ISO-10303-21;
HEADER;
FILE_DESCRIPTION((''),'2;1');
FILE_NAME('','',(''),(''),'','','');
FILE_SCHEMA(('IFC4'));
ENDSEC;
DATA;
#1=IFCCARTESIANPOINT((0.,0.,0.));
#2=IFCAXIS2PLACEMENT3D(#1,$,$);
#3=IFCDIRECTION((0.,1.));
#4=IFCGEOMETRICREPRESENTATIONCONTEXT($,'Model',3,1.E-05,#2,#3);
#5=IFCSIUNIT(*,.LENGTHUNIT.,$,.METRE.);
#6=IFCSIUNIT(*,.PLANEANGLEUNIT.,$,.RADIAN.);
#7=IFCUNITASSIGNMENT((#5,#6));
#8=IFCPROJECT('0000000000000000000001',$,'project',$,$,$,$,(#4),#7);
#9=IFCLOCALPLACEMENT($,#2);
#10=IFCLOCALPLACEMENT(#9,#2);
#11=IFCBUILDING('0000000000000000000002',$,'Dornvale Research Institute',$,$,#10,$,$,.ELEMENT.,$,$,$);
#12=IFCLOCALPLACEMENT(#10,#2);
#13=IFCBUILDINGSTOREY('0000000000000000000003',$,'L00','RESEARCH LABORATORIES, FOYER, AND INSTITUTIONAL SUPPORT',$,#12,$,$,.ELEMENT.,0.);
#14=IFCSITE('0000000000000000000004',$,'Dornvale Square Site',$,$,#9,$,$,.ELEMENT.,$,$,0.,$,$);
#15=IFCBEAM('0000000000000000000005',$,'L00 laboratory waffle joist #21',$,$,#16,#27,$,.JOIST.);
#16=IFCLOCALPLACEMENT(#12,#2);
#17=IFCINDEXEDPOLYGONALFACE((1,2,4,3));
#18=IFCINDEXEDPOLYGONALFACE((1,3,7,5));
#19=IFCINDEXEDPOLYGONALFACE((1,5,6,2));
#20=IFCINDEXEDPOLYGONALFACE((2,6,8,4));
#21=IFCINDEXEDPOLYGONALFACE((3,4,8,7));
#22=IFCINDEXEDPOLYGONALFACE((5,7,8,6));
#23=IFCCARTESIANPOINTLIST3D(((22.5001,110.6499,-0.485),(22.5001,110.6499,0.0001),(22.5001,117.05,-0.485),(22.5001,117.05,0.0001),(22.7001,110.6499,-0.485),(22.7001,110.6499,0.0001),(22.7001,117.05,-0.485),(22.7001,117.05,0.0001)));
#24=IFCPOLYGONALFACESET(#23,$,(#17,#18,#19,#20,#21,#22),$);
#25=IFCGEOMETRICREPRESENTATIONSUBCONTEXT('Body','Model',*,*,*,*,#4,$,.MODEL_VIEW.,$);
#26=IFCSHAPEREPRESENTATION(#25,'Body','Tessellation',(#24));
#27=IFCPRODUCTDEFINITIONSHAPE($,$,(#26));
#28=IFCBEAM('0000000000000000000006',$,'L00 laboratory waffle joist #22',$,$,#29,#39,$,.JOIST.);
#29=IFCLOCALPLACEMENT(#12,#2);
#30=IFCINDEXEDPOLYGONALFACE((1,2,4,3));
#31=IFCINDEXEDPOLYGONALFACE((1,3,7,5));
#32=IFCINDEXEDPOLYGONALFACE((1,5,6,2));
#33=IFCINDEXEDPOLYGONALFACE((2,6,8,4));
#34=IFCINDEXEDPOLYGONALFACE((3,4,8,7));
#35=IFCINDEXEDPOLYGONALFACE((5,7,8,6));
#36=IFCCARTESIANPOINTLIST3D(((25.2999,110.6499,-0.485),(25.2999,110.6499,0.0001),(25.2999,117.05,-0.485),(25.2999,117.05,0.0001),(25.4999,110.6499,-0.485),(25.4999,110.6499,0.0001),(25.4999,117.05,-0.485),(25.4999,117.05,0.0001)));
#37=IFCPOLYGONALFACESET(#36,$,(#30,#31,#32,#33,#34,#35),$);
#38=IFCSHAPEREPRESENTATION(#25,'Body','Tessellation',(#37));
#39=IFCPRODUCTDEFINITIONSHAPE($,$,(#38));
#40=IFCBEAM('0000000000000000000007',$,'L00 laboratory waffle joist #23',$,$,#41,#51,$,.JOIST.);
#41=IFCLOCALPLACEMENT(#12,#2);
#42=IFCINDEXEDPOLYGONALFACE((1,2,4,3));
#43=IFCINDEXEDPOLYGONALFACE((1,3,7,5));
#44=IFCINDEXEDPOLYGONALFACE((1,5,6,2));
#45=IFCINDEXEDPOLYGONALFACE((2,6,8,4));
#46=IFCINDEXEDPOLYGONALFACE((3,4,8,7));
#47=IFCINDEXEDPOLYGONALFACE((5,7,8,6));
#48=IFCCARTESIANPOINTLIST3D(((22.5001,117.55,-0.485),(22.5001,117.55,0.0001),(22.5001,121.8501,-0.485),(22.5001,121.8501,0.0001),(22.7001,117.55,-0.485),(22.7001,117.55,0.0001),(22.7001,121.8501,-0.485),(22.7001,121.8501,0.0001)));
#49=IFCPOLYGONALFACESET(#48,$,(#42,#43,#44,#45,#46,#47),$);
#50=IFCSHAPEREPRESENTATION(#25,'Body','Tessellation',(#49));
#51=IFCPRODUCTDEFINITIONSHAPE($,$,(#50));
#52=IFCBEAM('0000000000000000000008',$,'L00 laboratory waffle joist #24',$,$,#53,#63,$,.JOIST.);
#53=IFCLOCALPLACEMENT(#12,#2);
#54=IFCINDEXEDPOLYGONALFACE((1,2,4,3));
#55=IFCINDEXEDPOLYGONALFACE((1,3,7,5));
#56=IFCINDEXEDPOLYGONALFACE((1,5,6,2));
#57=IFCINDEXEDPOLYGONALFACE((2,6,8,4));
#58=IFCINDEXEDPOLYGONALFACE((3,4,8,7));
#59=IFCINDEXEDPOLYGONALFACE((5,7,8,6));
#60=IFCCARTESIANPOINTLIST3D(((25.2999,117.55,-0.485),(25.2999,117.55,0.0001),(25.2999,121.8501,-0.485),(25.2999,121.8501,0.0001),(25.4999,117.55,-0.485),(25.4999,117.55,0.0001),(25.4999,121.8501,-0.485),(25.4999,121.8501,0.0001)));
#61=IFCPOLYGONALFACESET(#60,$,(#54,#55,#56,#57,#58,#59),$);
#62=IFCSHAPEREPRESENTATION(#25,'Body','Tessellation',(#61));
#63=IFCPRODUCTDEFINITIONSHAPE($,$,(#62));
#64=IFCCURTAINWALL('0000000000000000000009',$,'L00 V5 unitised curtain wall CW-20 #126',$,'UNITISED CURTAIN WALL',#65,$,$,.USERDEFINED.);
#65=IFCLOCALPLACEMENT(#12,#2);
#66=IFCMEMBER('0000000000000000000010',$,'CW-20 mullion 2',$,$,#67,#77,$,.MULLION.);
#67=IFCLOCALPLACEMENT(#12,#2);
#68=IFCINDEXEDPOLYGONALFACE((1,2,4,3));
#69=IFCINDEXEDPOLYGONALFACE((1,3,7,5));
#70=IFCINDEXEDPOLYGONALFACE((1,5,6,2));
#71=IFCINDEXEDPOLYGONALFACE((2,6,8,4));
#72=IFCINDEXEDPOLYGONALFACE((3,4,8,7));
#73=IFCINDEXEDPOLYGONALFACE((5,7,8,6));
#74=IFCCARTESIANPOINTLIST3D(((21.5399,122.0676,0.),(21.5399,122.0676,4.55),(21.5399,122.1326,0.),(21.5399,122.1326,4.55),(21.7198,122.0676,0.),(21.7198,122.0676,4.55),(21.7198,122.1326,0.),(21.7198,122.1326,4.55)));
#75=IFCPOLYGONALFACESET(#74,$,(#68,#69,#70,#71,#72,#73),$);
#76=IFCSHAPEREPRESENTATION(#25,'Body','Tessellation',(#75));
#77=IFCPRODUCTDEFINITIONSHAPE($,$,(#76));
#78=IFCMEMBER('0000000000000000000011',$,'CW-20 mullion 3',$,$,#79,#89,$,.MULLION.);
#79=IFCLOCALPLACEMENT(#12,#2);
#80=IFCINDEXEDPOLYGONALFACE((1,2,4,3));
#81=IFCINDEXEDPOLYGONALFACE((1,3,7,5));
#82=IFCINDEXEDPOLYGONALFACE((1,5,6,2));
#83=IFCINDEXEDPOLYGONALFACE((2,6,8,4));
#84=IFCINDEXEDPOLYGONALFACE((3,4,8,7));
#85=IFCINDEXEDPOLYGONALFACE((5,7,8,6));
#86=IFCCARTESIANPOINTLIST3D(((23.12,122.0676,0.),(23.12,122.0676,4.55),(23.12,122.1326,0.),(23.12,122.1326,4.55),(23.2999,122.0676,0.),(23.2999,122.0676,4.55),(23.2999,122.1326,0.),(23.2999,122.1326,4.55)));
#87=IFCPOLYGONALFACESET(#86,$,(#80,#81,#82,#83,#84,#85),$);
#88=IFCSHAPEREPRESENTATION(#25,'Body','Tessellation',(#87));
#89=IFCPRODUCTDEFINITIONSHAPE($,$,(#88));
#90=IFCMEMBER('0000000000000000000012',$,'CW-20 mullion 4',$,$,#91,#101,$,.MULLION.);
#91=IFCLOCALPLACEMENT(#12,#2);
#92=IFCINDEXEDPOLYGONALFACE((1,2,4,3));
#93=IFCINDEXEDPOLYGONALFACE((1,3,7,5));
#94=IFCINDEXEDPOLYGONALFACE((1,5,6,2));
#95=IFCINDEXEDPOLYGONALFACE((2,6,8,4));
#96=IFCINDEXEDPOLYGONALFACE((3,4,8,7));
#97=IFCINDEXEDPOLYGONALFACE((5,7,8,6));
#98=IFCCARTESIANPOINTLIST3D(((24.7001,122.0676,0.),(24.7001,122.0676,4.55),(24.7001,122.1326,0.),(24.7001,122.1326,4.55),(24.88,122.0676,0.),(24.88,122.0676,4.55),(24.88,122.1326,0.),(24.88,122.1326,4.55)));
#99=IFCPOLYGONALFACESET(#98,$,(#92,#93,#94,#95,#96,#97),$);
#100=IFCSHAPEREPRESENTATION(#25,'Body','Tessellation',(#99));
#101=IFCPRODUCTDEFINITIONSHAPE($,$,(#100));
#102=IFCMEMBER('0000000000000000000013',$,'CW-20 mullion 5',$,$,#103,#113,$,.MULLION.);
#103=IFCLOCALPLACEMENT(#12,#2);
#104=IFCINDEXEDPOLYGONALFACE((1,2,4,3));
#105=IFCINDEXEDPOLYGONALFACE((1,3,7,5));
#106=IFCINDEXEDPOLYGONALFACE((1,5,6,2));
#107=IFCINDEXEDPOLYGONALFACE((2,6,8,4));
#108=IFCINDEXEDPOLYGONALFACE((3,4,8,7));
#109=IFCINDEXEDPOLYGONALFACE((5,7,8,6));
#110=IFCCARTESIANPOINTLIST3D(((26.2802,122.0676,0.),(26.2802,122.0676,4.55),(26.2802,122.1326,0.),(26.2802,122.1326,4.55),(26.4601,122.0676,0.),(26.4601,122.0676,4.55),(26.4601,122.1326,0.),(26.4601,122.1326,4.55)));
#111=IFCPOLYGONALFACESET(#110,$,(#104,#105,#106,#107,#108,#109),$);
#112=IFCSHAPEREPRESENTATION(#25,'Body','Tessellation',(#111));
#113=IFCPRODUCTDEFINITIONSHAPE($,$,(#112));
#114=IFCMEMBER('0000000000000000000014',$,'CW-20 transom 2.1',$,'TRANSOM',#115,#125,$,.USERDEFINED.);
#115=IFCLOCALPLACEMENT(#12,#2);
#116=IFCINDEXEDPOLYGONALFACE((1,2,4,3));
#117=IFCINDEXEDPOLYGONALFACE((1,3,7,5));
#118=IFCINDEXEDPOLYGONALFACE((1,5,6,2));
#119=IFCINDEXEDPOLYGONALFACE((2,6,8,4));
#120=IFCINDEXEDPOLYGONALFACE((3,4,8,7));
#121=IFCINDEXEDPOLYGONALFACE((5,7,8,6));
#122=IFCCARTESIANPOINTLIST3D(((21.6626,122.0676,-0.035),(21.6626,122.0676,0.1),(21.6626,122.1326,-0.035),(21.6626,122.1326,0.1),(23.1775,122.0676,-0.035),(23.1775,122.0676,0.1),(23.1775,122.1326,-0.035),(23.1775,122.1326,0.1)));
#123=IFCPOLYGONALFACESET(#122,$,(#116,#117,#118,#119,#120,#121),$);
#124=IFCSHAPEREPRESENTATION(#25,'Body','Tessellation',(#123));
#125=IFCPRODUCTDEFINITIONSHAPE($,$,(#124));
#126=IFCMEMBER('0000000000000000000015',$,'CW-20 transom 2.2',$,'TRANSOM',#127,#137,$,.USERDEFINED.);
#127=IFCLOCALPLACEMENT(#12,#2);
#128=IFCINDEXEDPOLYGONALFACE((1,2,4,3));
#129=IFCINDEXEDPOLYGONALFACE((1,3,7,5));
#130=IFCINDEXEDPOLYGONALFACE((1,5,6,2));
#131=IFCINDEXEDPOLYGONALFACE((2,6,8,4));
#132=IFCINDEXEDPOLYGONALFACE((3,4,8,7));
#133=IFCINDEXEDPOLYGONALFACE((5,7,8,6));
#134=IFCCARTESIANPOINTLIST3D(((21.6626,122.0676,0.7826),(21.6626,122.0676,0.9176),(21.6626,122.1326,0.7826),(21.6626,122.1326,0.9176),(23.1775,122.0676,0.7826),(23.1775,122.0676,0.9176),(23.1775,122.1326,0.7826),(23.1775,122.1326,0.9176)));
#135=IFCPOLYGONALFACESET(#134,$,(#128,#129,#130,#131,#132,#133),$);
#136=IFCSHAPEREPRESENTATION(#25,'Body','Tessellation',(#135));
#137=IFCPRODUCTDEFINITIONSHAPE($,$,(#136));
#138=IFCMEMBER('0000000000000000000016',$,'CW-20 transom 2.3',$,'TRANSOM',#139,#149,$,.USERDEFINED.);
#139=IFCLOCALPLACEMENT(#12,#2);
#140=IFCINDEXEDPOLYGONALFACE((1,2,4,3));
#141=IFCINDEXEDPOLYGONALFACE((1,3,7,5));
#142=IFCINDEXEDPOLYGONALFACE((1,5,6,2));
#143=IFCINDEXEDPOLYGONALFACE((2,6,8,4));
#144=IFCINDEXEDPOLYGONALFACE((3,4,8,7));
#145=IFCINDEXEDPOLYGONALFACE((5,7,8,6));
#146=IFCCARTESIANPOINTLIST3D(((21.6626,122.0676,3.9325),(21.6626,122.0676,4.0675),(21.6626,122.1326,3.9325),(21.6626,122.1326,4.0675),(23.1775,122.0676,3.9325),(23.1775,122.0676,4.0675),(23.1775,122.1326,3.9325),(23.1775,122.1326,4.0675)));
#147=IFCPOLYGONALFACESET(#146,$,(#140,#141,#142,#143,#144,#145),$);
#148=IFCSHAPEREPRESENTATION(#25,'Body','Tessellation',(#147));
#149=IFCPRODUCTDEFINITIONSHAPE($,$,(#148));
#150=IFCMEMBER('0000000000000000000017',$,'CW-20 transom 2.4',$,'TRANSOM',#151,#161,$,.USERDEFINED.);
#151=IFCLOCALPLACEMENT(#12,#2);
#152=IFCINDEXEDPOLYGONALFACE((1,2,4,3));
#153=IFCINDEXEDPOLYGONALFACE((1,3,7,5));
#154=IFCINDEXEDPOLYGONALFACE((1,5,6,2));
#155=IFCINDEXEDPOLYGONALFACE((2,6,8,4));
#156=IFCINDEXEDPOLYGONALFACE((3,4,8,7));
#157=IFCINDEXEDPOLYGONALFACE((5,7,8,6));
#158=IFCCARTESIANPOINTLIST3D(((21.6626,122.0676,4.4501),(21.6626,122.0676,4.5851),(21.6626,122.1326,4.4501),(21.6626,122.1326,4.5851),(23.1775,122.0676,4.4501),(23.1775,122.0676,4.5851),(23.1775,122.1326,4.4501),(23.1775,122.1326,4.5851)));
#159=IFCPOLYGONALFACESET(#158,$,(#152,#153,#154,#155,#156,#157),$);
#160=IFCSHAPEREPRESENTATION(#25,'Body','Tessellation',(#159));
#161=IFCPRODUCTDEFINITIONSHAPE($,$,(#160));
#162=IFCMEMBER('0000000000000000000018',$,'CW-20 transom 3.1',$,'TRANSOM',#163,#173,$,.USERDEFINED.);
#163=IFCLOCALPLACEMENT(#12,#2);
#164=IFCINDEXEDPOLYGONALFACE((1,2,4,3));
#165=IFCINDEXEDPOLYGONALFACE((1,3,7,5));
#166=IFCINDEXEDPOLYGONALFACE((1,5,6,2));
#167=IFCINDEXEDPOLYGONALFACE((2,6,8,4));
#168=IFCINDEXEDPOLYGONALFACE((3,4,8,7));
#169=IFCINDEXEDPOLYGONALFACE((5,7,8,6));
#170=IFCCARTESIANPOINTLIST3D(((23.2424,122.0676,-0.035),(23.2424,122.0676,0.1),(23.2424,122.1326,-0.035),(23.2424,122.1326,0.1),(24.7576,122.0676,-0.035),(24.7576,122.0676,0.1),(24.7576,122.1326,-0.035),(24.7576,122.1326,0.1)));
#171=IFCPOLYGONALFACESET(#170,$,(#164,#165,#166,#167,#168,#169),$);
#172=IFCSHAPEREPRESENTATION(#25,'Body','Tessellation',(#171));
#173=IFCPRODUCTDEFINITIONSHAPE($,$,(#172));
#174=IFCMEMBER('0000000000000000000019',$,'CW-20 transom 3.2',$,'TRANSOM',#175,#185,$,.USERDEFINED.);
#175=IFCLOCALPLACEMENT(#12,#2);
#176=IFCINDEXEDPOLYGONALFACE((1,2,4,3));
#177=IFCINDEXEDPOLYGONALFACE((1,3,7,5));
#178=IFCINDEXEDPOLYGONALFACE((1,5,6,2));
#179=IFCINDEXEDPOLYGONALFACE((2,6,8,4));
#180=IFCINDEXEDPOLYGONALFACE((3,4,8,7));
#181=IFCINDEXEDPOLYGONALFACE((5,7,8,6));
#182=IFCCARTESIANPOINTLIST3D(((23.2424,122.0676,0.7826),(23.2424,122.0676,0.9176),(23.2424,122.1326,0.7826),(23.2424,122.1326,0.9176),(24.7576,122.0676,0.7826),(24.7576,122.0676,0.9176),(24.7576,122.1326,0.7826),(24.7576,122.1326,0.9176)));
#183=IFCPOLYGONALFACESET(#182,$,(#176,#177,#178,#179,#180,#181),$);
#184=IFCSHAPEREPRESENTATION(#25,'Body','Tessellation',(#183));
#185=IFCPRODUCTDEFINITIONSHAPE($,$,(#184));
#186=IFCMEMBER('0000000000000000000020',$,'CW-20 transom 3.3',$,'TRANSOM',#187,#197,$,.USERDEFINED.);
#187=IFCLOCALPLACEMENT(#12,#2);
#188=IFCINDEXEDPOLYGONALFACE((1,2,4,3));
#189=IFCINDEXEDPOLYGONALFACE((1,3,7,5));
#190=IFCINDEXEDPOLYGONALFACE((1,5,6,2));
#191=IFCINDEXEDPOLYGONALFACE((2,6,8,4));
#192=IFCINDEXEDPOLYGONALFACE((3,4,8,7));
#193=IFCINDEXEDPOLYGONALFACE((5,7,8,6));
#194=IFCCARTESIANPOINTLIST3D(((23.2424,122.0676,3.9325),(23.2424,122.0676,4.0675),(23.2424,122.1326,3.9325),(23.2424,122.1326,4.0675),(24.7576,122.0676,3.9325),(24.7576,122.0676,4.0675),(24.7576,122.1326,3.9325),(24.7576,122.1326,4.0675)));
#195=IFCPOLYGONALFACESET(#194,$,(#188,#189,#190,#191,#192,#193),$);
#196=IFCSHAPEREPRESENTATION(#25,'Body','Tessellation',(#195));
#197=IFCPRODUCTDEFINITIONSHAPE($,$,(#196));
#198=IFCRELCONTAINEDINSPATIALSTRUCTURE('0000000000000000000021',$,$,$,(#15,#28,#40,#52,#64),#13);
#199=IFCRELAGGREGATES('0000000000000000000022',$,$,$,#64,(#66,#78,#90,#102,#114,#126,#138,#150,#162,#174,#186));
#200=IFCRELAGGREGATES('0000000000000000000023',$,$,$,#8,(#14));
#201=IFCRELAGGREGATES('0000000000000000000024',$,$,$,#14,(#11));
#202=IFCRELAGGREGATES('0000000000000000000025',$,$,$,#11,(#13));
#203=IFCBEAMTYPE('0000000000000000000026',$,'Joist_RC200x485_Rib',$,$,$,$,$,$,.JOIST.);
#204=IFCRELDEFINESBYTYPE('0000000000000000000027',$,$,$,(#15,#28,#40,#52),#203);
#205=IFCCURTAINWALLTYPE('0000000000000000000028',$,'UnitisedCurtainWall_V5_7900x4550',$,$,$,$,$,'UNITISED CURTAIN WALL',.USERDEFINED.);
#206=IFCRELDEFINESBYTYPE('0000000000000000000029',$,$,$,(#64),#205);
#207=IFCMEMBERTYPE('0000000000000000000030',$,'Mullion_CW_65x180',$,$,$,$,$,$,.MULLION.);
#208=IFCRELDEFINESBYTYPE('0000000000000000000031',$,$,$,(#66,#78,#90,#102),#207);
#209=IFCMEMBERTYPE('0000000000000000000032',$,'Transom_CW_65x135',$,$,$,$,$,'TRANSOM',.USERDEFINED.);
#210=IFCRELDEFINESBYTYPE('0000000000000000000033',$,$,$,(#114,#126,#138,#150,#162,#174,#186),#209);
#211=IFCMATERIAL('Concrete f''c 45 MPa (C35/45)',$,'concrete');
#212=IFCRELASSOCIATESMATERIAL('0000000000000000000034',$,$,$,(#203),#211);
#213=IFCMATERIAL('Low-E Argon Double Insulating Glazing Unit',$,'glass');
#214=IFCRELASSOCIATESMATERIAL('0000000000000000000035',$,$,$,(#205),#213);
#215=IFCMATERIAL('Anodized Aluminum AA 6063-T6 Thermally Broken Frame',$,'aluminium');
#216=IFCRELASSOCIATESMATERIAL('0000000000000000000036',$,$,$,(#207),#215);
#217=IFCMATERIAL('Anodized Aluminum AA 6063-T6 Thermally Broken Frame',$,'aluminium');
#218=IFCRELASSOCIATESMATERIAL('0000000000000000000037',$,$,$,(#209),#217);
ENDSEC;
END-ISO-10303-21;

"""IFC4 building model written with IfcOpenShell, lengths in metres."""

from ifc_helpers import new_model, si_unit, direction, frame, origin, origin_2d, place, context, subcontext, project, spatial, rectangle, extrude, material, material_profile, profile_set, type_object, element, aggregate, save


model = new_model("IFC4")

# Units and contexts
model_context = context("Model", 3, precision=1e-05, world=origin(), true_north=direction((0.0, 1.0)))
body_context = subcontext(model_context, "Body", "Model", "MODEL_VIEW")
ifc_project = project(units=[si_unit("LENGTHUNIT", "METRE"), si_unit("PLANEANGLEUNIT", "RADIAN")], contexts=[model_context])

# Site, building, storey
site_placement = place(None, origin())
site = spatial("IfcSite", under=ifc_project, at=site_placement, Name="Dornvale Square Site", CompositionType="ELEMENT", RefElevation=0.0)
building_placement = place(site_placement, origin())
building = spatial("IfcBuilding", under=site, at=building_placement, Name="Dornvale Research Institute", CompositionType="ELEMENT")
storey_placement = place(building_placement, origin())
storey = spatial("IfcBuildingStorey", under=building, at=storey_placement, Name="L00", Description="RESEARCH LABORATORIES, FOYER, AND INSTITUTIONAL SUPPORT", CompositionType="ELEMENT", Elevation=0.0)

# Beams
ifc_material_1 = material(Name="Concrete f'c 45 MPa (C35/45)", Category="concrete")
ifc_material_profile_1 = material_profile(ifc_material_1, rectangle(XDim=0.2, YDim=0.4851, at=origin_2d()), Name="RC 200x485")
ifc_profile_set_1 = profile_set([ifc_material_profile_1], Name="Concrete f'c 45 MPa (C35/45)")
beam_type = type_object("IfcBeamType", Name="Joist_RC200x485_Rib", PredefinedType="JOIST", material=ifc_profile_set_1)
for number, where, z_axis, x_axis, name in (
    (1, (22.6001, 110.6499, -0.2424), (0.0, 1.0, 0.0), (-1.0, 0.0, 0.0), "L00 laboratory waffle joist #21"),
    (2, (25.3999, 110.6499, -0.2424), (0.0, 1.0, 0.0), (-1.0, 0.0, 0.0), "L00 laboratory waffle joist #22"),
):
    element("IfcBeam", number, at=place(storey_placement, frame(where, z_axis=z_axis, x_axis=x_axis)), inside=storey, type_object=beam_type, Name=name, PredefinedType="JOIST", context=body_context, shape_type="SweptSolid", body=[
        extrude(rectangle(XDim=0.2, YDim=0.4851, at=origin_2d()), origin(), (0.0, 0.0, 1.0), 6.4001),
    ])
for number, where, z_axis, x_axis, name in (
    (3, (22.6001, 117.55, -0.2424), (0.0, 1.0, 0.0), (-1.0, 0.0, 0.0), "L00 laboratory waffle joist #23"),
    (4, (25.3999, 117.55, -0.2424), (0.0, 1.0, 0.0), (-1.0, 0.0, 0.0), "L00 laboratory waffle joist #24"),
):
    element("IfcBeam", number, at=place(storey_placement, frame(where, z_axis=z_axis, x_axis=x_axis)), inside=storey, type_object=beam_type, Name=name, PredefinedType="JOIST", context=body_context, shape_type="SweptSolid", body=[
        extrude(rectangle(XDim=0.2, YDim=0.4851, at=origin_2d()), origin(), (0.0, 0.0, 1.0), 4.3),
    ])

# Curtain wall, members
ifc_material_2 = material(Name="Low-E Argon Double Insulating Glazing Unit", Category="glass")
curtain_wall_type = type_object("IfcCurtainWallType", Name="UnitisedCurtainWall_V5_7900x4550", ElementType="UNITISED CURTAIN WALL", PredefinedType="USERDEFINED", material=ifc_material_2)
curtain_wall_placement = place(storey_placement, origin())
curtain_wall = element("IfcCurtainWall", 5, at=curtain_wall_placement, inside=storey, type_object=curtain_wall_type, Name="L00 V5 unitised curtain wall CW-20 #126", ObjectType="UNITISED CURTAIN WALL", PredefinedType="USERDEFINED")
ifc_material_3 = material(Name="Anodized Aluminum AA 6063-T6 Thermally Broken Frame", Category="aluminium")
ifc_material_profile_2 = material_profile(ifc_material_3, rectangle(XDim=0.0649, YDim=0.1799, at=origin_2d()), Name="ALU MULLION 65x180")
ifc_profile_set_2 = profile_set([ifc_material_profile_2], Name="Anodized Aluminum AA 6063-T6 Thermally Broken Frame")
member_type_1 = type_object("IfcMemberType", Name="Mullion_CW_65x180", PredefinedType="MULLION", material=ifc_profile_set_2)
member_1_placement = place(storey_placement, frame((21.6299, 122.1001, 0.0), z_axis=(0.0, 0.0, 1.0), x_axis=(0.0, 1.0, 0.0)))
member_1 = element("IfcMember", 6, at=member_1_placement, type_object=member_type_1, Name="CW-20 mullion 2", PredefinedType="MULLION", context=body_context, shape_type="SweptSolid", body=[
    extrude(rectangle(XDim=0.0649, YDim=0.1799, at=origin_2d()), origin(), (0.0, 0.0, 1.0), 4.55),
])
member_2_placement = place(storey_placement, frame((23.21, 122.1001, 0.0), z_axis=(0.0, 0.0, 1.0), x_axis=(0.0, 1.0, 0.0)))
member_2 = element("IfcMember", 7, at=member_2_placement, type_object=member_type_1, Name="CW-20 mullion 3", PredefinedType="MULLION", context=body_context, shape_type="SweptSolid", body=[
    extrude(rectangle(XDim=0.0649, YDim=0.1799, at=origin_2d()), origin(), (0.0, 0.0, 1.0), 4.55),
])
member_3_placement = place(storey_placement, frame((24.79, 122.1001, 0.0), z_axis=(0.0, 0.0, 1.0), x_axis=(0.0, 1.0, 0.0)))
member_3 = element("IfcMember", 8, at=member_3_placement, type_object=member_type_1, Name="CW-20 mullion 4", PredefinedType="MULLION", context=body_context, shape_type="SweptSolid", body=[
    extrude(rectangle(XDim=0.0649, YDim=0.1799, at=origin_2d()), origin(), (0.0, 0.0, 1.0), 4.55),
])
member_4_placement = place(storey_placement, frame((26.3701, 122.1001, 0.0), z_axis=(0.0, 0.0, 1.0), x_axis=(0.0, 1.0, 0.0)))
member_4 = element("IfcMember", 9, at=member_4_placement, type_object=member_type_1, Name="CW-20 mullion 5", PredefinedType="MULLION", context=body_context, shape_type="SweptSolid", body=[
    extrude(rectangle(XDim=0.0649, YDim=0.1799, at=origin_2d()), origin(), (0.0, 0.0, 1.0), 4.55),
])
ifc_material_4 = material(Name="Anodized Aluminum AA 6063-T6 Thermally Broken Frame", Category="aluminium")
ifc_material_profile_3 = material_profile(ifc_material_4, rectangle(XDim=0.0649, YDim=0.135, at=origin_2d()), Name="ALU TRANSOM 65x135")
ifc_profile_set_3 = profile_set([ifc_material_profile_3], Name="Anodized Aluminum AA 6063-T6 Thermally Broken Frame")
member_type_2 = type_object("IfcMemberType", Name="Transom_CW_65x135", ElementType="TRANSOM", PredefinedType="USERDEFINED", material=ifc_profile_set_3)
member_5_placement = place(storey_placement, frame((21.6626, 122.1001, 0.0325), z_axis=(1.0, 0.0, 0.0), x_axis=(0.0, 1.0, 0.0)))
member_5 = element("IfcMember", 10, at=member_5_placement, type_object=member_type_2, Name="CW-20 transom 2.1", ObjectType="TRANSOM", PredefinedType="USERDEFINED", context=body_context, shape_type="SweptSolid", body=[
    extrude(rectangle(XDim=0.0649, YDim=0.135, at=origin_2d()), origin(), (0.0, 0.0, 1.0), 1.5149),
])
member_6_placement = place(storey_placement, frame((21.6626, 122.1001, 0.8501), z_axis=(1.0, 0.0, 0.0), x_axis=(0.0, 1.0, 0.0)))
member_6 = element("IfcMember", 11, at=member_6_placement, type_object=member_type_2, Name="CW-20 transom 2.2", ObjectType="TRANSOM", PredefinedType="USERDEFINED", context=body_context, shape_type="SweptSolid", body=[
    extrude(rectangle(XDim=0.0649, YDim=0.135, at=origin_2d()), origin(), (0.0, 0.0, 1.0), 1.5149),
])
member_7_placement = place(storey_placement, frame((21.6626, 122.1001, 4.0), z_axis=(1.0, 0.0, 0.0), x_axis=(0.0, 1.0, 0.0)))
member_7 = element("IfcMember", 12, at=member_7_placement, type_object=member_type_2, Name="CW-20 transom 2.3", ObjectType="TRANSOM", PredefinedType="USERDEFINED", context=body_context, shape_type="SweptSolid", body=[
    extrude(rectangle(XDim=0.0649, YDim=0.135, at=origin_2d()), origin(), (0.0, 0.0, 1.0), 1.5149),
])
member_8_placement = place(storey_placement, frame((21.6626, 122.1001, 4.5176), z_axis=(1.0, 0.0, 0.0), x_axis=(0.0, 1.0, 0.0)))
member_8 = element("IfcMember", 13, at=member_8_placement, type_object=member_type_2, Name="CW-20 transom 2.4", ObjectType="TRANSOM", PredefinedType="USERDEFINED", context=body_context, shape_type="SweptSolid", body=[
    extrude(rectangle(XDim=0.0649, YDim=0.135, at=origin_2d()), origin(), (0.0, 0.0, 1.0), 1.5149),
])
member_9_placement = place(storey_placement, frame((23.2424, 122.1001, 0.0325), z_axis=(1.0, 0.0, 0.0), x_axis=(0.0, 1.0, 0.0)))
member_9 = element("IfcMember", 14, at=member_9_placement, type_object=member_type_2, Name="CW-20 transom 3.1", ObjectType="TRANSOM", PredefinedType="USERDEFINED", context=body_context, shape_type="SweptSolid", body=[
    extrude(rectangle(XDim=0.0649, YDim=0.135, at=origin_2d()), origin(), (0.0, 0.0, 1.0), 1.5151),
])
member_10_placement = place(storey_placement, frame((23.2424, 122.1001, 0.8501), z_axis=(1.0, 0.0, 0.0), x_axis=(0.0, 1.0, 0.0)))
member_10 = element("IfcMember", 15, at=member_10_placement, type_object=member_type_2, Name="CW-20 transom 3.2", ObjectType="TRANSOM", PredefinedType="USERDEFINED", context=body_context, shape_type="SweptSolid", body=[
    extrude(rectangle(XDim=0.0649, YDim=0.135, at=origin_2d()), origin(), (0.0, 0.0, 1.0), 1.5151),
])
member_11_placement = place(storey_placement, frame((23.2424, 122.1001, 4.0), z_axis=(1.0, 0.0, 0.0), x_axis=(0.0, 1.0, 0.0)))
member_11 = element("IfcMember", 16, at=member_11_placement, type_object=member_type_2, Name="CW-20 transom 3.3", ObjectType="TRANSOM", PredefinedType="USERDEFINED", context=body_context, shape_type="SweptSolid", body=[
    extrude(rectangle(XDim=0.0649, YDim=0.135, at=origin_2d()), origin(), (0.0, 0.0, 1.0), 1.5151),
])
aggregate(curtain_wall, [member_1, member_2, member_3, member_4, member_5, member_6, member_7, member_8, member_9, member_10, member_11])

save(model, "model.ifc")
